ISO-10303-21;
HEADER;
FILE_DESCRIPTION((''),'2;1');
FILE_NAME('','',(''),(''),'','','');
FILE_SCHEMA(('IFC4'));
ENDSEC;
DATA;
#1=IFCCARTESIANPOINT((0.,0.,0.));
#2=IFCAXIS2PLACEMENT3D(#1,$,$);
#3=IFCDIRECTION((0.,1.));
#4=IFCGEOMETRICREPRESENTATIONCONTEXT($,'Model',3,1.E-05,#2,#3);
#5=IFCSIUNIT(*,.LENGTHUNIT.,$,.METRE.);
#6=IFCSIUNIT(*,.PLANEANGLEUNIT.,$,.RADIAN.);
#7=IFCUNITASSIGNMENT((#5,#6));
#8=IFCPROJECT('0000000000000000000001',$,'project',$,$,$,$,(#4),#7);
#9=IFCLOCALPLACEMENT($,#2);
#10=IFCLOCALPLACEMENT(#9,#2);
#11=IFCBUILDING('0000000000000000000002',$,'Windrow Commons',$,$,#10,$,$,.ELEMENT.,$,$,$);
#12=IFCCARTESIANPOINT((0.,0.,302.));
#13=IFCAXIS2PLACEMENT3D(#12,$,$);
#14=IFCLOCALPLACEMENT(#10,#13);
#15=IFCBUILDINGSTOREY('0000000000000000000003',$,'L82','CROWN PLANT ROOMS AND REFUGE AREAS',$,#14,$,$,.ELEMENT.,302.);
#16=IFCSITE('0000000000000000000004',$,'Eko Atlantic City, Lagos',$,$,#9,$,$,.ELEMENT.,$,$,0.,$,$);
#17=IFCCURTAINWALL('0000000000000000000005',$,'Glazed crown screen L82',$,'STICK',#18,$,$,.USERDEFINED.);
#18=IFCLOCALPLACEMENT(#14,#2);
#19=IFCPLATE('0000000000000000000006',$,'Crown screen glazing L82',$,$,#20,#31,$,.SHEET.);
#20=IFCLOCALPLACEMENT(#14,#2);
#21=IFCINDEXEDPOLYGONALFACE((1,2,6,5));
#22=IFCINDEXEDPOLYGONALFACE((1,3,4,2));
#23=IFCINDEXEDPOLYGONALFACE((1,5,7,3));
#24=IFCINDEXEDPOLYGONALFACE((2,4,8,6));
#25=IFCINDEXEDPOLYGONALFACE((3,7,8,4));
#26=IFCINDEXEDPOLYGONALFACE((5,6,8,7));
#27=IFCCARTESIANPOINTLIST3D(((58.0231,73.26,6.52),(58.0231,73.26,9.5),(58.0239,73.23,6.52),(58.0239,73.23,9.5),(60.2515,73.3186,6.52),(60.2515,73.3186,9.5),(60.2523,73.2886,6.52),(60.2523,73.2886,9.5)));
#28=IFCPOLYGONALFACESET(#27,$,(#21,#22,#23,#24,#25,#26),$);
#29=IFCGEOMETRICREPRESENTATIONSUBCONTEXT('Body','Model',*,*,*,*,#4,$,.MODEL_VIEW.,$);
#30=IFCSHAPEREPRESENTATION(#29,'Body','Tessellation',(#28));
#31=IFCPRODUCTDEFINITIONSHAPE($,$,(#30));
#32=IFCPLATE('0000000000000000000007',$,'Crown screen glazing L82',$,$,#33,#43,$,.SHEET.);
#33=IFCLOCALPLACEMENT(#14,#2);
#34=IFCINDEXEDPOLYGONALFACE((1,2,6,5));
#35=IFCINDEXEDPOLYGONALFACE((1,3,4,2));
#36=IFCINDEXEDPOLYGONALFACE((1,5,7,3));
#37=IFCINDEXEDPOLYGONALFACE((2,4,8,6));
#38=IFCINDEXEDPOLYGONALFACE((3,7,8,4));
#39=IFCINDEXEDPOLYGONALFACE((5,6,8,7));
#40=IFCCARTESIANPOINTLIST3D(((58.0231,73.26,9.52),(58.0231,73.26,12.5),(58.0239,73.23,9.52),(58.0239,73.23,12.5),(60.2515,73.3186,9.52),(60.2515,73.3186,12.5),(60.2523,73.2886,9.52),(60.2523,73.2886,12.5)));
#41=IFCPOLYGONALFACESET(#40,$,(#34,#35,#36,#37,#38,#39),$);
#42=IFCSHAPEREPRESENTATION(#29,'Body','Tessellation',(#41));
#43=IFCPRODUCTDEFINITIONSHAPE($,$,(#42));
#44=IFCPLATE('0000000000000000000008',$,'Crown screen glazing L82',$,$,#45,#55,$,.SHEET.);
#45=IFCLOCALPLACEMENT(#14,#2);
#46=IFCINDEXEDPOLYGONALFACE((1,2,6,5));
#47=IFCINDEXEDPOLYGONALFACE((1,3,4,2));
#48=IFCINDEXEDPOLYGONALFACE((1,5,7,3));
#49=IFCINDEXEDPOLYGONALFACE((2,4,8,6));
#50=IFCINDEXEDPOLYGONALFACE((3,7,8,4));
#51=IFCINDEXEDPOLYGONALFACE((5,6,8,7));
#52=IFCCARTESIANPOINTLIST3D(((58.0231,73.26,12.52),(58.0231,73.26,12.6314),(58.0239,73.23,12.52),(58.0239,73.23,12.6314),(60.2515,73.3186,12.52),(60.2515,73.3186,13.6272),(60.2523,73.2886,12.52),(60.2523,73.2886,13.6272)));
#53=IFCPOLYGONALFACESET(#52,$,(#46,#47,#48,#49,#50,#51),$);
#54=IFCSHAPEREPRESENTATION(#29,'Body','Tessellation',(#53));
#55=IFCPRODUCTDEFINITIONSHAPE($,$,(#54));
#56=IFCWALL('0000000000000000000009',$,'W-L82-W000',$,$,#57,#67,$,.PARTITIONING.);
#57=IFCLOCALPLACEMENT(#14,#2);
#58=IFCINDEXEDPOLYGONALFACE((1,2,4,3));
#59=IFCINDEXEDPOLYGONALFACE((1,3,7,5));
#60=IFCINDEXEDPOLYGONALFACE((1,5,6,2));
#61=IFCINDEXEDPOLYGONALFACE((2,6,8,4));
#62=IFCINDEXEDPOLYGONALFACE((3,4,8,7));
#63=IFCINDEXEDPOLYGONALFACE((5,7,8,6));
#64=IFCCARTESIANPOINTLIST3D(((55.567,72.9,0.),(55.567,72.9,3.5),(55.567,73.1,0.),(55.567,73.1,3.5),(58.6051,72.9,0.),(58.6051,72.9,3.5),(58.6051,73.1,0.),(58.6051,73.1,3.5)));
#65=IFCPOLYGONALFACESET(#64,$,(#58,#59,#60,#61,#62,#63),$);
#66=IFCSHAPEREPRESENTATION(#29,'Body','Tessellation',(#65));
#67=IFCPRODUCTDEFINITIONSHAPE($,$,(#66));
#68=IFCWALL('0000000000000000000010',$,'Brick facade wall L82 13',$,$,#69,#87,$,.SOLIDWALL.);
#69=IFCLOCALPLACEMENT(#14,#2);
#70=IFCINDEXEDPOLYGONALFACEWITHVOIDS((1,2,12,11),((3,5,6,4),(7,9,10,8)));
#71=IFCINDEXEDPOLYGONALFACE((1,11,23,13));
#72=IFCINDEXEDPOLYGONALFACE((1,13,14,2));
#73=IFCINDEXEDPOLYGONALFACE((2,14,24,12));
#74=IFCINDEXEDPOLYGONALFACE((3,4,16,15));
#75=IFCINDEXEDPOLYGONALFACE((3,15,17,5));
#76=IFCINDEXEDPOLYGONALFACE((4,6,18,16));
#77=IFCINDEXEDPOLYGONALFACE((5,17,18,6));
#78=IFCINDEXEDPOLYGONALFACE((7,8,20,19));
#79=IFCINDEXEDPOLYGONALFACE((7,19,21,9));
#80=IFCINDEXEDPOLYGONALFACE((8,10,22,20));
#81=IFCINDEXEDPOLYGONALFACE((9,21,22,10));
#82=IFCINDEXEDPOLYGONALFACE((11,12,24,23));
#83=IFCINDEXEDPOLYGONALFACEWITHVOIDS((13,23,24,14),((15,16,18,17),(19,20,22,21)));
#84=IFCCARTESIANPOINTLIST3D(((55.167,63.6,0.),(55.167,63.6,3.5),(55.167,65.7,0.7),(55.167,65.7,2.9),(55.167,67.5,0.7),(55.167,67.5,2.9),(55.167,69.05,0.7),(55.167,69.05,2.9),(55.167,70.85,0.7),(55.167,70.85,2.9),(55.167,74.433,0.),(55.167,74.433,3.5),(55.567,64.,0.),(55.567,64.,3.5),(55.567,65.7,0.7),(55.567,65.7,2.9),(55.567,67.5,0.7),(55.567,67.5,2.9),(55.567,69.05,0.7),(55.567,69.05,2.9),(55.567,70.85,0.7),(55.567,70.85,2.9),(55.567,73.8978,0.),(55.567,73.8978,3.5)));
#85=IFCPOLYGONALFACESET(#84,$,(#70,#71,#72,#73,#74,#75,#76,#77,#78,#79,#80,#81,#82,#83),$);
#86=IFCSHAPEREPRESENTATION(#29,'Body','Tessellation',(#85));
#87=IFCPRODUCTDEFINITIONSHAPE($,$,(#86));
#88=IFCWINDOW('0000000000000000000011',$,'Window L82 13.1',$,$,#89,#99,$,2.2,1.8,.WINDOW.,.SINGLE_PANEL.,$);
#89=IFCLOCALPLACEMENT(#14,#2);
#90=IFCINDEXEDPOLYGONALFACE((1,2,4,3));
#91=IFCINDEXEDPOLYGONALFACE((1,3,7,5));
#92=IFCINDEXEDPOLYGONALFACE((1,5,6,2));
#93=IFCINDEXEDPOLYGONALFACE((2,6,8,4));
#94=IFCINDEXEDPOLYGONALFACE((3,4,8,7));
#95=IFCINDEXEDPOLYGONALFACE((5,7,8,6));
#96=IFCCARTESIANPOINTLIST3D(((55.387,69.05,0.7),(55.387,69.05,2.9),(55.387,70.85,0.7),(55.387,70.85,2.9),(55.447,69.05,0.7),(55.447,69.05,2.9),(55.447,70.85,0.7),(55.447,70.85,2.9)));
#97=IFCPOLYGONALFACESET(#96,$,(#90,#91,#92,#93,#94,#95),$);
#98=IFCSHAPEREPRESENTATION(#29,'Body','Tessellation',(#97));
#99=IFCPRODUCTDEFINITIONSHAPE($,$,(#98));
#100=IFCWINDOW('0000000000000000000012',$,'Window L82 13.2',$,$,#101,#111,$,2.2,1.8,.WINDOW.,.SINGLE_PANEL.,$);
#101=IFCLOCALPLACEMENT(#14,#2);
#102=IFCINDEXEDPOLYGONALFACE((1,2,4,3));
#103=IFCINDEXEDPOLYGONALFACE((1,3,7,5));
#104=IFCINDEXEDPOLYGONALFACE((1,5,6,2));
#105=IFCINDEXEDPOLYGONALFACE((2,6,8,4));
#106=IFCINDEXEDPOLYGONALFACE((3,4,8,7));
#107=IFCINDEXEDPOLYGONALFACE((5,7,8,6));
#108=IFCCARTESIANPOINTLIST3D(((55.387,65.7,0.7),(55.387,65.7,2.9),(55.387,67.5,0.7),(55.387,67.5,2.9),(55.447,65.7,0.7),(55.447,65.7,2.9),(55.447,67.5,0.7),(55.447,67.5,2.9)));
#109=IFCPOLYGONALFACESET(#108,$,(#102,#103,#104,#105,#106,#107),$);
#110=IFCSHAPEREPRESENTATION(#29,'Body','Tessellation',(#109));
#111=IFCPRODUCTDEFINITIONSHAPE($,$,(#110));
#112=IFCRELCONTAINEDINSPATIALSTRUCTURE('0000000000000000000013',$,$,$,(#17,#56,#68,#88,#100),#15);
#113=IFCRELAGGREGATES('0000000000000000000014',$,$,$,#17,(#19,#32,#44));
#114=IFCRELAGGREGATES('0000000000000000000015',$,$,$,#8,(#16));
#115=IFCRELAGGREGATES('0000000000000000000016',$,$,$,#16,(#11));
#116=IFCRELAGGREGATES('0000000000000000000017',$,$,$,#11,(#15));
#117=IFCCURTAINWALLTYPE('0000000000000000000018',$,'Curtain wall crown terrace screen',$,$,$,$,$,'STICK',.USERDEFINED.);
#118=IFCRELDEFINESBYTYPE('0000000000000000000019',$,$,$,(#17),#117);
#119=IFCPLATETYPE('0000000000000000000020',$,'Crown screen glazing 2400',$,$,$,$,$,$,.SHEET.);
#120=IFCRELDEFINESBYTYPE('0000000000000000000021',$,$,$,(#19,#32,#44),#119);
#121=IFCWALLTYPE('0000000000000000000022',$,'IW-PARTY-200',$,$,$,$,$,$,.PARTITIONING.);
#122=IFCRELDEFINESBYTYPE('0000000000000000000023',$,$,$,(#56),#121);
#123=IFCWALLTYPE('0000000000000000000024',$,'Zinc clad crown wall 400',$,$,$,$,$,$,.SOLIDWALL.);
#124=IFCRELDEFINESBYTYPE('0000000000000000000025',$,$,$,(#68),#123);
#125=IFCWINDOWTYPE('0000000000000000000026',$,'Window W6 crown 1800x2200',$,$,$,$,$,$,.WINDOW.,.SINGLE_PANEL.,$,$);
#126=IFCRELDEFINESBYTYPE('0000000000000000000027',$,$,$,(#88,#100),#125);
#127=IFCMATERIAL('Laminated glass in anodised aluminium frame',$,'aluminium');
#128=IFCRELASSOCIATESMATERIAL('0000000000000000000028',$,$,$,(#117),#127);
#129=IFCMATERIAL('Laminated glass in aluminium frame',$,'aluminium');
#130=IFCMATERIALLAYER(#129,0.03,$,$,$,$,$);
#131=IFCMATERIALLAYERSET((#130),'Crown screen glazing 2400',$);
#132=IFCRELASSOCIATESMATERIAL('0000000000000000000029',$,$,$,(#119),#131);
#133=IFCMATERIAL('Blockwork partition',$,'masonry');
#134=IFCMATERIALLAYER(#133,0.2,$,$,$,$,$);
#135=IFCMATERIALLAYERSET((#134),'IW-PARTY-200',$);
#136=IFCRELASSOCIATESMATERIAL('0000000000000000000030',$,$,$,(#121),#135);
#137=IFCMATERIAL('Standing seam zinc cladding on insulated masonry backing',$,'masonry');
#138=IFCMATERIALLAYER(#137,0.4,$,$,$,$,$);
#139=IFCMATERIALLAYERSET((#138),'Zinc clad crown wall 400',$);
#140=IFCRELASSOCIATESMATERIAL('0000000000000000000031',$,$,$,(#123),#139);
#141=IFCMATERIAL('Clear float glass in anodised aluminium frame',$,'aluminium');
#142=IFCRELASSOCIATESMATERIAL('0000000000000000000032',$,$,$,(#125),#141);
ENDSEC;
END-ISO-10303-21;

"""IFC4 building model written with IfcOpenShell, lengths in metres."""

from ifc_helpers import new_model, si_unit, direction, frame, frame_2d, origin, place, context, subcontext, project, spatial, polyline, rectangle, outline, extrude, material, layer, layer_set, type_object, element, fill, aggregate, save


model = new_model("IFC4")

# Units and contexts
model_context = context("Model", 3, precision=1e-05, world=origin(), true_north=direction((0.0, 1.0)))
body_context = subcontext(model_context, "Body", "Model", "MODEL_VIEW")
ifc_project = project(units=[si_unit("LENGTHUNIT", "METRE"), si_unit("PLANEANGLEUNIT", "RADIAN")], contexts=[model_context])

# Site, building, storey
site_placement = place(None, origin())
site = spatial("IfcSite", under=ifc_project, at=site_placement, Name="Eko Atlantic City, Lagos", CompositionType="ELEMENT", RefElevation=0.0)
building_placement = place(site_placement, origin())
building = spatial("IfcBuilding", under=site, at=building_placement, Name="Windrow Commons", CompositionType="ELEMENT")
storey_placement = place(building_placement, frame((0.0, 0.0, 302.0)))
storey = spatial("IfcBuildingStorey", under=building, at=storey_placement, Name="L82", Description="CROWN PLANT ROOMS AND REFUGE AREAS", CompositionType="ELEMENT", Elevation=302.0)

# Curtain wall
ifc_material_1 = material(Name="Laminated glass in anodised aluminium frame", Category="aluminium")
curtain_wall_type = type_object("IfcCurtainWallType", Name="Curtain wall crown terrace screen", ElementType="STICK", PredefinedType="USERDEFINED", material=ifc_material_1)
curtain_wall_placement = place(storey_placement, origin())
curtain_wall = element("IfcCurtainWall", 1, at=curtain_wall_placement, inside=storey, type_object=curtain_wall_type, Name="Glazed crown screen L82", ObjectType="STICK", PredefinedType="USERDEFINED")

# Plates
ifc_material_2 = material(Name="Laminated glass in aluminium frame", Category="aluminium")
ifc_layer_1 = layer(ifc_material_2, 0.03)
ifc_layer_set_1 = layer_set([ifc_layer_1], Name="Crown screen glazing 2400")
plate_type_1 = type_object("IfcPlateType", Name="Crown screen glazing 2400", PredefinedType="SHEET", material=ifc_layer_set_1)
plate_1_placement = place(storey_placement, frame((58.0239, 73.23, 6.52), z_axis=(0.026288, -0.999654, 0.0), x_axis=(0.999654, 0.026288, 0.0)))
plate_1 = element("IfcPlate", 2, at=plate_1_placement, type_object=plate_type_1, Name="Crown screen glazing L82", PredefinedType="SHEET", context=body_context, shape_type="SweptSolid", body=[
    extrude(outline(polyline([(0.0, 0.0), (2.2292, 0.0), (2.2292, 2.98), (0.0, 2.98), (0.0, 0.0)])), origin(), (0.0, 0.0, -1.0), 0.03),
])
plate_2_placement = place(storey_placement, frame((58.0239, 73.23, 9.52), z_axis=(0.026288, -0.999654, 0.0), x_axis=(0.999654, 0.026288, 0.0)))
plate_2 = element("IfcPlate", 3, at=plate_2_placement, type_object=plate_type_1, Name="Crown screen glazing L82", PredefinedType="SHEET", context=body_context, shape_type="SweptSolid", body=[
    extrude(outline(polyline([(0.0, 0.0), (2.2292, 0.0), (2.2292, 2.98), (0.0, 2.98), (0.0, 0.0)])), origin(), (0.0, 0.0, -1.0), 0.03),
])
plate_3_placement = place(storey_placement, frame((58.0239, 73.23, 12.52), z_axis=(0.026288, -0.999654, 0.0), x_axis=(0.999654, 0.026288, 0.0)))
plate_3 = element("IfcPlate", 4, at=plate_3_placement, type_object=plate_type_1, Name="Crown screen glazing L82", PredefinedType="SHEET", context=body_context, shape_type="SweptSolid", body=[
    extrude(outline(polyline([(0.0, 0.0), (2.2292, 0.0), (2.2292, 1.1072), (0.0, 0.1114), (0.0, 0.0)])), origin(), (0.0, 0.0, -1.0), 0.03),
])
aggregate(curtain_wall, [plate_1, plate_2, plate_3])

# Wall
ifc_material_3 = material(Name="Blockwork partition", Category="masonry")
ifc_layer_2 = layer(ifc_material_3, 0.2)
ifc_layer_set_2 = layer_set([ifc_layer_2], Name="IW-PARTY-200")
wall_type_1 = type_object("IfcWallType", Name="IW-PARTY-200", PredefinedType="PARTITIONING", material=ifc_layer_set_2)
wall_1_placement = place(storey_placement, frame((55.567, 73.0, 0.0), z_axis=(0.0, 0.0, 1.0), x_axis=(1.0, 0.0, 0.0)))
element("IfcWall", 5, at=wall_1_placement, inside=storey, type_object=wall_type_1, Name="W-L82-W000", PredefinedType="PARTITIONING", context=body_context, shape_type="SweptSolid", body=[
    extrude(outline(polyline([(0.0, -0.1), (3.0381, -0.1), (3.0381, 0.1), (0.0, 0.1), (0.0, -0.1)])), origin(), (0.0, 0.0, 1.0), 3.5),
])

# Wall, openings, windows
ifc_material_4 = material(Name="Standing seam zinc cladding on insulated masonry backing", Category="masonry")
ifc_layer_3 = layer(ifc_material_4, 0.4)
ifc_layer_set_3 = layer_set([ifc_layer_3], Name="Zinc clad crown wall 400")
wall_type_2 = type_object("IfcWallType", Name="Zinc clad crown wall 400", PredefinedType="SOLIDWALL", material=ifc_layer_set_3)
wall_2_placement = place(storey_placement, frame((55.367, 74.1654, 0.0), z_axis=(0.0, 0.0, 1.0), x_axis=(0.0, -1.0, 0.0)))
wall_2 = element("IfcWall", 6, at=wall_2_placement, inside=storey, type_object=wall_type_2, Name="Brick facade wall L82 13", PredefinedType="SOLIDWALL", context=body_context, shape_type="SweptSolid", body=[
    extrude(outline(polyline([(-0.2676, -0.2), (10.5654, -0.2), (10.1654, 0.2), (0.2676, 0.2), (-0.2676, -0.2)])), origin(), (0.0, 0.0, 1.0), 3.5),
])
opening_1_placement = place(wall_2_placement, frame((3.3154, 0.0, 0.7)))
opening_1 = element("IfcOpeningElement", 7, at=opening_1_placement, cuts=wall_2, PredefinedType="OPENING", context=body_context, shape_type="SweptSolid", body=[
    extrude(rectangle(XDim=1.8, YDim=2.2, at=frame_2d((0.9, 1.1))), frame((0.0, 0.21, 0.0), z_axis=(0.0, -1.0, 0.0), x_axis=(1.0, 0.0, 0.0)), (0.0, 0.0, 1.0), 0.42),
])
opening_2_placement = place(wall_2_placement, frame((6.6654, 0.0, 0.7)))
opening_2 = element("IfcOpeningElement", 8, at=opening_2_placement, cuts=wall_2, PredefinedType="OPENING", context=body_context, shape_type="SweptSolid", body=[
    extrude(rectangle(XDim=1.8, YDim=2.2, at=frame_2d((0.9, 1.1))), frame((0.0, 0.21, 0.0), z_axis=(0.0, -1.0, 0.0), x_axis=(1.0, 0.0, 0.0)), (0.0, 0.0, 1.0), 0.42),
])
ifc_material_5 = material(Name="Clear float glass in anodised aluminium frame", Category="aluminium")
window_type = type_object("IfcWindowType", Name="Window W6 crown 1800x2200", PartitioningType="SINGLE_PANEL", PredefinedType="WINDOW", material=ifc_material_5)
window_1_placement = place(opening_1_placement, origin())
window_1 = element("IfcWindow", 9, at=window_1_placement, inside=storey, type_object=window_type, Name="Window L82 13.1", OverallHeight=2.2, OverallWidth=1.8, PartitioningType="SINGLE_PANEL", PredefinedType="WINDOW", context=body_context, shape_type="SweptSolid", body=[
    extrude(rectangle(XDim=1.8, YDim=2.2, at=frame_2d((0.9, 1.1))), frame((0.0, 0.08, 0.0), z_axis=(0.0, -1.0, 0.0), x_axis=(1.0, 0.0, 0.0)), (0.0, 0.0, 1.0), 0.06),
])
fill(opening_1, window_1)
window_2_placement = place(opening_2_placement, origin())
window_2 = element("IfcWindow", 10, at=window_2_placement, inside=storey, type_object=window_type, Name="Window L82 13.2", OverallHeight=2.2, OverallWidth=1.8, PartitioningType="SINGLE_PANEL", PredefinedType="WINDOW", context=body_context, shape_type="SweptSolid", body=[
    extrude(rectangle(XDim=1.8, YDim=2.2, at=frame_2d((0.9, 1.1))), frame((0.0, 0.08, 0.0), z_axis=(0.0, -1.0, 0.0), x_axis=(1.0, 0.0, 0.0)), (0.0, 0.0, 1.0), 0.06),
])
fill(opening_2, window_2)

save(model, "model.ifc")
